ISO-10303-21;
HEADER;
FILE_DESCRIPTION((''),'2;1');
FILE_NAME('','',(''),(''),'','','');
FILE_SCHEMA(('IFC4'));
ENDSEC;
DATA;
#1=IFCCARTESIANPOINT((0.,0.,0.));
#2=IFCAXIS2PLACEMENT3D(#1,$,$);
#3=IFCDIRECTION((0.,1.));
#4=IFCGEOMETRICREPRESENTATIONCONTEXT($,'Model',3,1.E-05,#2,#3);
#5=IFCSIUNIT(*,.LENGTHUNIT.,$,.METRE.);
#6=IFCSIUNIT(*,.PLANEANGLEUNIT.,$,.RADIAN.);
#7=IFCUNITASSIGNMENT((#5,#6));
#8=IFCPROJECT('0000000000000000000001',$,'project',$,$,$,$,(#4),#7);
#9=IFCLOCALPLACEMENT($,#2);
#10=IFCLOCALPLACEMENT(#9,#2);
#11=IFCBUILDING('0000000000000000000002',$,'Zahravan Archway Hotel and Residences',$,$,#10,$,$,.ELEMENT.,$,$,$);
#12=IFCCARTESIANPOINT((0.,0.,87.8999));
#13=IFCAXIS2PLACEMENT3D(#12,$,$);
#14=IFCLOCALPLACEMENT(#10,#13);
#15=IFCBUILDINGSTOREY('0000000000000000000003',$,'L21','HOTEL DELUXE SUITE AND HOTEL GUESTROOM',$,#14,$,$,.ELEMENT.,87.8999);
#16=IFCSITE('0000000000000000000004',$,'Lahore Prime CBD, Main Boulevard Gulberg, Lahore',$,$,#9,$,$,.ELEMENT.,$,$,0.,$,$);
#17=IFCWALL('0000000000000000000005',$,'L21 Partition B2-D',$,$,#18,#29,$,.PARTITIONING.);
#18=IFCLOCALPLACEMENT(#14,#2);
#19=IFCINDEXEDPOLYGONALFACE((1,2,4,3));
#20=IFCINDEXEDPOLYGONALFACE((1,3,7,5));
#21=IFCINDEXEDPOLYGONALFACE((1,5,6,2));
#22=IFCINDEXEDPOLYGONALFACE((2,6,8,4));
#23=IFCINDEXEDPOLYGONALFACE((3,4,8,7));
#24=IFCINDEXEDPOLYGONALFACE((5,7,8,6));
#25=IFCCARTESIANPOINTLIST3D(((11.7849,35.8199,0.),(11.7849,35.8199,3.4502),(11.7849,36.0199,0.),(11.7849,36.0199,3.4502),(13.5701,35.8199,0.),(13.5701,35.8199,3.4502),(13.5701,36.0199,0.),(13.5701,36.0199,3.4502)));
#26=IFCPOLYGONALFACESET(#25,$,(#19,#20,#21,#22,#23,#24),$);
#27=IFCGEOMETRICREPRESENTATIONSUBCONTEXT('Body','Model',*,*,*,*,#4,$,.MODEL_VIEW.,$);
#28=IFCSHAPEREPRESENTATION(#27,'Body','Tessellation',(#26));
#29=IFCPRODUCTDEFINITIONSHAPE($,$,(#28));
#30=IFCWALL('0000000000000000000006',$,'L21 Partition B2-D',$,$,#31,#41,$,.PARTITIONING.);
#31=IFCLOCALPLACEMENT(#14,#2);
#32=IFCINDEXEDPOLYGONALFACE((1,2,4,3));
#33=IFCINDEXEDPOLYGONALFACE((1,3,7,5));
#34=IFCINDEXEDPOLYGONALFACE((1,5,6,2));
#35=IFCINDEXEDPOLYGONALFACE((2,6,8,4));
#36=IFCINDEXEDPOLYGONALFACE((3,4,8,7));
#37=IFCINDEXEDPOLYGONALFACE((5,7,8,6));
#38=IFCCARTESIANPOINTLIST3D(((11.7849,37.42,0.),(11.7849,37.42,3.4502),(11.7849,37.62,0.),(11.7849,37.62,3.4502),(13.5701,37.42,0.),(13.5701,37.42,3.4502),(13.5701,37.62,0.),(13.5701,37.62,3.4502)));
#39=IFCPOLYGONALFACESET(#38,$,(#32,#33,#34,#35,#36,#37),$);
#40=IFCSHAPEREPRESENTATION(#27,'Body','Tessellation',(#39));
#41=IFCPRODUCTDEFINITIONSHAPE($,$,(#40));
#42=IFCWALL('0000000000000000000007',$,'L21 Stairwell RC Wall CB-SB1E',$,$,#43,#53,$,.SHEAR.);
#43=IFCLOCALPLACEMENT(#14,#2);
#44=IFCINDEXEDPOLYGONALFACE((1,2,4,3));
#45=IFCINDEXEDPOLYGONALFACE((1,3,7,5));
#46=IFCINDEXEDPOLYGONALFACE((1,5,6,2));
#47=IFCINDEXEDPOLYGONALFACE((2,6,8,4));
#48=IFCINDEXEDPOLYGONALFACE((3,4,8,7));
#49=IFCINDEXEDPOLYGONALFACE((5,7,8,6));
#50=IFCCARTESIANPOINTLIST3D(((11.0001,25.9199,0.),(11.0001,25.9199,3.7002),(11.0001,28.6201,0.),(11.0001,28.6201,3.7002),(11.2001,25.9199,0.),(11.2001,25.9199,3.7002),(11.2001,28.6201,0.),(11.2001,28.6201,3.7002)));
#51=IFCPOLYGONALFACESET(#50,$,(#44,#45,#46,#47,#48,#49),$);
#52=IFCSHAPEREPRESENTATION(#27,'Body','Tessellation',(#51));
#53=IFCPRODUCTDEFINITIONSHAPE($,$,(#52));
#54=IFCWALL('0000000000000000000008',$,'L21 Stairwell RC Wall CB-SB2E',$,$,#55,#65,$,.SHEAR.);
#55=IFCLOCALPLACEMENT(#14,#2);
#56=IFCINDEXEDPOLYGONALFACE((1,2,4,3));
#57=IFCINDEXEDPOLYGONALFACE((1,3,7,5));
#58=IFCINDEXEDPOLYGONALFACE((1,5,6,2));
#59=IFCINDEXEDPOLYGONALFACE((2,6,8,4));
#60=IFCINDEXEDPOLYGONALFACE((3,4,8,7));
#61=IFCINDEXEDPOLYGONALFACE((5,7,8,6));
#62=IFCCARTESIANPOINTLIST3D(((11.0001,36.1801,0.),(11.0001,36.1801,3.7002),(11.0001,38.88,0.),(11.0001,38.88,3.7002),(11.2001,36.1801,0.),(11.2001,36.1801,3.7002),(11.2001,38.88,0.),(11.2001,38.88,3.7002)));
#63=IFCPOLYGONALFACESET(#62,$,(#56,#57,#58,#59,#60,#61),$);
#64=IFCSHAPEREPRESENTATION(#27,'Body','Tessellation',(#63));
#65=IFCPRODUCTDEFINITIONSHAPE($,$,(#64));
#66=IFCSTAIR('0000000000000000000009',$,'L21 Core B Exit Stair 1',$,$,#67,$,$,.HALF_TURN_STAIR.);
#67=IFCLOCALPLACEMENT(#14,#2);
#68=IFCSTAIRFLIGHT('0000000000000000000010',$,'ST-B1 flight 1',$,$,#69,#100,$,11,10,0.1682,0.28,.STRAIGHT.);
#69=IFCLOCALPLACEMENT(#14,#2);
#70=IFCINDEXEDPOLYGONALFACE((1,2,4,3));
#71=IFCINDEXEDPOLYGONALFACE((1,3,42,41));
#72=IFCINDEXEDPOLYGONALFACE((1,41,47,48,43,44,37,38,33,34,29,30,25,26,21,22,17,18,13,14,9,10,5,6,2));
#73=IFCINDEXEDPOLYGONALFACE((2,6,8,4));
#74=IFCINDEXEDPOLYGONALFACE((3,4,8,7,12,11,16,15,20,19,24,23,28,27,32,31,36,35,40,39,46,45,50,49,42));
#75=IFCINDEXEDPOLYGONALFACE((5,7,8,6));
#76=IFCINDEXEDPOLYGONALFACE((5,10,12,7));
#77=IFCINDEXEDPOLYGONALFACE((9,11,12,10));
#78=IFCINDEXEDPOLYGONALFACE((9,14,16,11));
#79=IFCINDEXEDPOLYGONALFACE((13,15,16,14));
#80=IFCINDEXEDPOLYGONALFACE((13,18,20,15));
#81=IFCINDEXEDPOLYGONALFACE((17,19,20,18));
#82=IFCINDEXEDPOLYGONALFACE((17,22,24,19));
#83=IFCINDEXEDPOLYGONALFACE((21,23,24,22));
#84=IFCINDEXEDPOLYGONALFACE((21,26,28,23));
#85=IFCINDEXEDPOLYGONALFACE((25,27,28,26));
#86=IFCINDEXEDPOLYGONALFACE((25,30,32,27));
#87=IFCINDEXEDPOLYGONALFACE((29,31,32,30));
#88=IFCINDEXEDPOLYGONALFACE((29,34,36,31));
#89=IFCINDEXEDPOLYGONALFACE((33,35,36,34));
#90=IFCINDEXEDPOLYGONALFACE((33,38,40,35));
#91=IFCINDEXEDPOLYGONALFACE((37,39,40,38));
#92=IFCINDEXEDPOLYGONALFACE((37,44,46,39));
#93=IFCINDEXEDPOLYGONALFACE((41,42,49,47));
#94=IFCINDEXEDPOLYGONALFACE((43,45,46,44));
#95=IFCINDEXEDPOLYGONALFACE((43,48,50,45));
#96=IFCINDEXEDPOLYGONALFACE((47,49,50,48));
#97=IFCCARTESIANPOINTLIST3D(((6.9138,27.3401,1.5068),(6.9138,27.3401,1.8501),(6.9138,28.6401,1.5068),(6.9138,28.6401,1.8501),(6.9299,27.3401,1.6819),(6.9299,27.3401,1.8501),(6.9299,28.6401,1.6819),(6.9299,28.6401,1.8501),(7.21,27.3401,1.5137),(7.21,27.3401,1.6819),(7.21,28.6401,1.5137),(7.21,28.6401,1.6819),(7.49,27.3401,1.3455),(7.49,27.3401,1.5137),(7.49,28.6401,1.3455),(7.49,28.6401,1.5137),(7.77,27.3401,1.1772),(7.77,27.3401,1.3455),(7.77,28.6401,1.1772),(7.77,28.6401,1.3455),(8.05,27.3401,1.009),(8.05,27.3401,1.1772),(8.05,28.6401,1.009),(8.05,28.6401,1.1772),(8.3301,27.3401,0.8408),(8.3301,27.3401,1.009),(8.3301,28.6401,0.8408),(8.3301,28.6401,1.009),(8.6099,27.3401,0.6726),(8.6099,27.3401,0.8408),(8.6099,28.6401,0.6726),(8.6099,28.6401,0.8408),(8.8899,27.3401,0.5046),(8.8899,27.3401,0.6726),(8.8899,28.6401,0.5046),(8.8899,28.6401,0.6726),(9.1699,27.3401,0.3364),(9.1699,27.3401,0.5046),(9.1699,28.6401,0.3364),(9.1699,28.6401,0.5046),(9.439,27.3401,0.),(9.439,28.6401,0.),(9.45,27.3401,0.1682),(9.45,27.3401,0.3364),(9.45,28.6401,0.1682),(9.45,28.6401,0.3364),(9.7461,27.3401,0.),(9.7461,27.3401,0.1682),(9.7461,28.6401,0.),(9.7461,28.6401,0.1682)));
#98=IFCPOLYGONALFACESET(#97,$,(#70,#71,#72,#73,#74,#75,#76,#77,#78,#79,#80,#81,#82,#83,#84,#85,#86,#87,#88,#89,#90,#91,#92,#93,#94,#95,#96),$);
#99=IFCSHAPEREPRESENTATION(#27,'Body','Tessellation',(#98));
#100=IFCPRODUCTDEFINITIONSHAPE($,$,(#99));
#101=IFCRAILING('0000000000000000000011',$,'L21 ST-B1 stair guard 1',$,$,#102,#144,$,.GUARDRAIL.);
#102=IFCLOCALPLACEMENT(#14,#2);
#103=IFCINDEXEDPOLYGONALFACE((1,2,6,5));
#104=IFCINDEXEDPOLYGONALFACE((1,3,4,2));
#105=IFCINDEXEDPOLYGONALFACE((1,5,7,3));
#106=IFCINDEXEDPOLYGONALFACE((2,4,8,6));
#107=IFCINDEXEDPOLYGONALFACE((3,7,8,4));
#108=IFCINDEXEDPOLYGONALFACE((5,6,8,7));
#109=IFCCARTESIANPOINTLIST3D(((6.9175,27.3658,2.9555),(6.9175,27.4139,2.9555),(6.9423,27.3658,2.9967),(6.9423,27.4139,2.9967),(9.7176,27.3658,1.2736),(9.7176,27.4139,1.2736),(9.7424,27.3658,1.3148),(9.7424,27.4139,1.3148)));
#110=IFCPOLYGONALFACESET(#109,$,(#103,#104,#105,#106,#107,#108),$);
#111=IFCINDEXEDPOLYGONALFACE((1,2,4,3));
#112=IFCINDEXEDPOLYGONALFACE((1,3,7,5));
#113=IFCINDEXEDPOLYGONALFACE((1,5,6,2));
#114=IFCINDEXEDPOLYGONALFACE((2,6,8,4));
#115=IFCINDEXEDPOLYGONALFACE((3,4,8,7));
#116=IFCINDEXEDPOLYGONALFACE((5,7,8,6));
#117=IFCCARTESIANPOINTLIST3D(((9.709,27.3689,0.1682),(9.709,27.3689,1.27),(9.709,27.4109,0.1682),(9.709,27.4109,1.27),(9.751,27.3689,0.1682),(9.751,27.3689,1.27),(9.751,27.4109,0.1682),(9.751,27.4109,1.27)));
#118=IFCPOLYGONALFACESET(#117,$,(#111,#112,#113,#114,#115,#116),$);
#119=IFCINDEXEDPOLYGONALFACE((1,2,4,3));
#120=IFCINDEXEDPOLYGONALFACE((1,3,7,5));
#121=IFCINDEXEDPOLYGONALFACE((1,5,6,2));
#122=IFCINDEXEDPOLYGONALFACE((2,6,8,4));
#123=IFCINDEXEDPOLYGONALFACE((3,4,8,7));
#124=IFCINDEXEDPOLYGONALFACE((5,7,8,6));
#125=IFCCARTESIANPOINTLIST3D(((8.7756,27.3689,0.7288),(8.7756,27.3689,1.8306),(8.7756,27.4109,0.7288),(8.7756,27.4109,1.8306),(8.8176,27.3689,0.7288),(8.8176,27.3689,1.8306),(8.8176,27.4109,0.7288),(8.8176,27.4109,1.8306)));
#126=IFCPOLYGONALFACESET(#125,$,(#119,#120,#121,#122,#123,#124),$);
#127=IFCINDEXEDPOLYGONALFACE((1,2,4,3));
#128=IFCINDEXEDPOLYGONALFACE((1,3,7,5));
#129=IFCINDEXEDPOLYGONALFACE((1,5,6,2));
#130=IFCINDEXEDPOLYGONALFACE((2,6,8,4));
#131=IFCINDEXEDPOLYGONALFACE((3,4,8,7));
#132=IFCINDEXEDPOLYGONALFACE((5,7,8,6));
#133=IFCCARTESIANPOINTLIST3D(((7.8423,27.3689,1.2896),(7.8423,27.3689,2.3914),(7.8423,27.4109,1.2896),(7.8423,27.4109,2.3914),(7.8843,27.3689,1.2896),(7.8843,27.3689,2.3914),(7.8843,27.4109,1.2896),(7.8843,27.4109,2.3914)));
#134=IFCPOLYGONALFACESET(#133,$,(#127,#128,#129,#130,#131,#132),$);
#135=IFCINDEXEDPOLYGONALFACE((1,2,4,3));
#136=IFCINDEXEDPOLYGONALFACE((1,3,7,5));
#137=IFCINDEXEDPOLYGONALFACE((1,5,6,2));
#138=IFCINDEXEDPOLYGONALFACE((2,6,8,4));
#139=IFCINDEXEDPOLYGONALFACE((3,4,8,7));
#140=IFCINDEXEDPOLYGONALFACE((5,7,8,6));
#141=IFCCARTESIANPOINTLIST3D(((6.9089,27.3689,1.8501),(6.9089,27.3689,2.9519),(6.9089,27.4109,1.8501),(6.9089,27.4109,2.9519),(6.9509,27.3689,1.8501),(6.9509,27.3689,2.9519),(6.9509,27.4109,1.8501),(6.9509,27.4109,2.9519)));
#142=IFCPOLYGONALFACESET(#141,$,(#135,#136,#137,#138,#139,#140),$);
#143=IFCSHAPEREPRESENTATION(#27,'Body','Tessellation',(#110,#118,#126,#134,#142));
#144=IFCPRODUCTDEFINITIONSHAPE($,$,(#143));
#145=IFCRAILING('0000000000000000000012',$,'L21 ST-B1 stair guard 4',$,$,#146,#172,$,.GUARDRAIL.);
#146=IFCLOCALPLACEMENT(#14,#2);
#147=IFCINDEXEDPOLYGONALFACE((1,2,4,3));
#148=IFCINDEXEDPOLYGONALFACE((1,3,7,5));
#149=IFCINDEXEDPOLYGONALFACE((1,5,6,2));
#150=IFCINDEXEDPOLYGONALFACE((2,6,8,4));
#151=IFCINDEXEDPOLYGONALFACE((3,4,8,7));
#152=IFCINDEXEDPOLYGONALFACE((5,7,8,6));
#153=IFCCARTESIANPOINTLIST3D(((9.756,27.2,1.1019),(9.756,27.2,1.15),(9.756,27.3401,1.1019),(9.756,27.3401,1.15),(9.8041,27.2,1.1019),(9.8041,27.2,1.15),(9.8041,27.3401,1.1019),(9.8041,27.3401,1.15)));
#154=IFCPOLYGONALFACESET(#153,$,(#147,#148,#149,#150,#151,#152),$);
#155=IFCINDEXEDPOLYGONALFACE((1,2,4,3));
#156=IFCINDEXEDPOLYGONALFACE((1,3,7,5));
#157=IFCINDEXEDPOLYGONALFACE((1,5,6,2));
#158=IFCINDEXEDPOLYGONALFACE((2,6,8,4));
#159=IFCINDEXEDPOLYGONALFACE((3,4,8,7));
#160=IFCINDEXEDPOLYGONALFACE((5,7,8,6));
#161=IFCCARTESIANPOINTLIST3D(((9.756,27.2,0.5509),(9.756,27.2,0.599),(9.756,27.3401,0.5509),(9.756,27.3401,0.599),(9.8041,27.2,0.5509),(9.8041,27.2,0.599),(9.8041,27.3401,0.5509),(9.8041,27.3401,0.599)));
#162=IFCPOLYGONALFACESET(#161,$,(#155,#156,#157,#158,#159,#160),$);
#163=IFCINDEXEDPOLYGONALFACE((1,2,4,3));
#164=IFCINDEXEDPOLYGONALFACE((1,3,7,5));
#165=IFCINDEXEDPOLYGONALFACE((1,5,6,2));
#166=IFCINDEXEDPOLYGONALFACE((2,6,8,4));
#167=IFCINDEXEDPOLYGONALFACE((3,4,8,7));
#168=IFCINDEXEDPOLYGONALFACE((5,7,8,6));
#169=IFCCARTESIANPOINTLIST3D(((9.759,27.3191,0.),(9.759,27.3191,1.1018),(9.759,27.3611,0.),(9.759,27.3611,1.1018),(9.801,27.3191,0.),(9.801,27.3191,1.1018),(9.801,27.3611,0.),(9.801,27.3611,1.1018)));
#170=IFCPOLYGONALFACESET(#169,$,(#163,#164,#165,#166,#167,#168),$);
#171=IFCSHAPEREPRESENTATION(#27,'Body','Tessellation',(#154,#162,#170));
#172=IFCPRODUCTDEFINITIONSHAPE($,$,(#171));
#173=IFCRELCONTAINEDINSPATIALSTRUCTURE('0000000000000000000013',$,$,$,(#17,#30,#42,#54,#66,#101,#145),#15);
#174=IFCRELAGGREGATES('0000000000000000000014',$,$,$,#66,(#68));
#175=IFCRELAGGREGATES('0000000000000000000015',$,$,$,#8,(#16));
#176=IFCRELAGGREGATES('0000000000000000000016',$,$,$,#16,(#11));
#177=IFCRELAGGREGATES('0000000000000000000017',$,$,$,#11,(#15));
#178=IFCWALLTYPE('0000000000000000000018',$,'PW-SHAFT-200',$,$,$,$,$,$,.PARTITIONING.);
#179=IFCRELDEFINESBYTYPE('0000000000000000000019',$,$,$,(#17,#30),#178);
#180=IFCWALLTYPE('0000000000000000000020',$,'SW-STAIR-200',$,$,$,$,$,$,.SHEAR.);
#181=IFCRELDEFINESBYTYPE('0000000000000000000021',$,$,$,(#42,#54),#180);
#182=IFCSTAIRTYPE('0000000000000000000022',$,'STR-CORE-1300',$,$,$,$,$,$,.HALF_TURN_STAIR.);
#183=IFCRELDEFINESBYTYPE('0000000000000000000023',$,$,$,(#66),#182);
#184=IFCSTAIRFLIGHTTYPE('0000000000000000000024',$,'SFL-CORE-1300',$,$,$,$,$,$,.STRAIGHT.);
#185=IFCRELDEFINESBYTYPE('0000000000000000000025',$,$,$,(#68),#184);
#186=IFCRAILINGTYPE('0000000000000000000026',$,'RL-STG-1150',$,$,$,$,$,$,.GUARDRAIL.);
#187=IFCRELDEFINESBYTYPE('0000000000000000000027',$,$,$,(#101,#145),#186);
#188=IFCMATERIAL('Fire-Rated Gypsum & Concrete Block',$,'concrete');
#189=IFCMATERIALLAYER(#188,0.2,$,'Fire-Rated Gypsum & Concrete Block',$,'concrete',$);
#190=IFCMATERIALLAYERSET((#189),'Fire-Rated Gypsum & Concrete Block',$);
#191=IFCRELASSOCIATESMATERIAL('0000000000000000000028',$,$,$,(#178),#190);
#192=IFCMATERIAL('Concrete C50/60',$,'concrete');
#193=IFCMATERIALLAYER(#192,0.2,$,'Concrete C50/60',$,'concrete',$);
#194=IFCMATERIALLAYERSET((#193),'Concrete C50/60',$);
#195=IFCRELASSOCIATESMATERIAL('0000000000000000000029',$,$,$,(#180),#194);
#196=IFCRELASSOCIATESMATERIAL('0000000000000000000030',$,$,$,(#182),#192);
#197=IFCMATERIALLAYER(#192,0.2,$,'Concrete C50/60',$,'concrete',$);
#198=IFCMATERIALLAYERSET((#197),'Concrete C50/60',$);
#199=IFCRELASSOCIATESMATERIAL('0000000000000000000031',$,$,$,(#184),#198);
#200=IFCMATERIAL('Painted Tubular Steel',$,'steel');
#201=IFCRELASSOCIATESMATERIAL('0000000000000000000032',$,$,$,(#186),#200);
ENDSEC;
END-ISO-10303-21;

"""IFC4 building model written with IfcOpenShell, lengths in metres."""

from ifc_helpers import new_model, si_unit, direction, frame, frame_2d, origin, origin_2d, place, context, subcontext, project, spatial, polyline, rectangle, outline, extrude, source, transform, mapped, material, layer, layer_set, type_object, element, aggregate, save


model = new_model("IFC4")

# Units and contexts
model_context = context("Model", 3, precision=1e-05, world=origin(), true_north=direction((0.0, 1.0)))
body_context = subcontext(model_context, "Body", "Model", "MODEL_VIEW")
ifc_project = project(units=[si_unit("LENGTHUNIT", "METRE"), si_unit("PLANEANGLEUNIT", "RADIAN")], contexts=[model_context])

# Site, building, storey
site_placement = place(None, origin())
site = spatial("IfcSite", under=ifc_project, at=site_placement, Name="Lahore Prime CBD, Main Boulevard Gulberg, Lahore", CompositionType="ELEMENT", RefElevation=0.0)
building_placement = place(site_placement, origin())
building = spatial("IfcBuilding", under=site, at=building_placement, Name="Zahravan Archway Hotel and Residences", CompositionType="ELEMENT")
storey_placement = place(building_placement, frame((0.0, 0.0, 87.8999)))
storey = spatial("IfcBuildingStorey", under=building, at=storey_placement, Name="L21", Description="HOTEL DELUXE SUITE AND HOTEL GUESTROOM", CompositionType="ELEMENT", Elevation=87.8999)

# Shared definitions
ifc_material_1 = material(Name="Fire-Rated Gypsum & Concrete Block", Category="concrete")
ifc_layer_1 = layer(ifc_material_1, 0.2, Name="Fire-Rated Gypsum & Concrete Block", Category="concrete")
ifc_layer_set_1 = layer_set([ifc_layer_1], Name="Fire-Rated Gypsum & Concrete Block")
wall_type_1 = type_object("IfcWallType", Name="PW-SHAFT-200", PredefinedType="PARTITIONING", material=ifc_layer_set_1)

# Walls
for number, where, z_axis, x_axis, name in (
    (1, (11.7849, 35.9199, 0.0), (0.0, 0.0, 1.0), (1.0, 0.0, 0.0), "L21 Partition B2-D"),
    (2, (11.7849, 37.52, 0.0), (0.0, 0.0, 1.0), (1.0, 0.0, 0.0), "L21 Partition B2-D"),
):
    element("IfcWall", number, at=place(storey_placement, frame(where, z_axis=z_axis, x_axis=x_axis)), inside=storey, type_object=wall_type_1, Name=name, PredefinedType="PARTITIONING", context=body_context, shape_type="SweptSolid", body=[
        extrude(rectangle(XDim=1.7852, YDim=0.2, at=frame_2d((0.8926, 0.0))), origin(), (0.0, 0.0, 1.0), 3.4502),
    ])
ifc_material_2 = material(Name="Concrete C50/60", Category="concrete")
ifc_layer_2 = layer(ifc_material_2, 0.2, Name="Concrete C50/60", Category="concrete")
ifc_layer_set_2 = layer_set([ifc_layer_2], Name="Concrete C50/60")
wall_type_2 = type_object("IfcWallType", Name="SW-STAIR-200", PredefinedType="SHEAR", material=ifc_layer_set_2)
wall_1_placement = place(storey_placement, frame((11.1001, 25.9199, 0.0), z_axis=(0.0, 0.0, 1.0), x_axis=(0.0, 1.0, 0.0)))
element("IfcWall", 3, at=wall_1_placement, inside=storey, type_object=wall_type_2, Name="L21 Stairwell RC Wall CB-SB1E", PredefinedType="SHEAR", context=body_context, shape_type="SweptSolid", body=[
    extrude(rectangle(XDim=2.7002, YDim=0.2, at=frame_2d((1.3501, 0.0))), origin(), (0.0, 0.0, 1.0), 3.7002),
])
wall_2_placement = place(storey_placement, frame((11.1001, 36.1799, 0.0), z_axis=(0.0, 0.0, 1.0), x_axis=(0.0, 1.0, 0.0)))
element("IfcWall", 4, at=wall_2_placement, inside=storey, type_object=wall_type_2, Name="L21 Stairwell RC Wall CB-SB2E", PredefinedType="SHEAR", context=body_context, shape_type="SweptSolid", body=[
    extrude(rectangle(XDim=2.7, YDim=0.2, at=frame_2d((1.3501, 0.0))), origin(), (0.0, 0.0, 1.0), 3.7002),
])

# Stair, stair flight
stair_type = type_object("IfcStairType", Name="STR-CORE-1300", PredefinedType="HALF_TURN_STAIR", material=ifc_material_2)
stair_placement = place(storey_placement, origin())
stair = element("IfcStair", 5, at=stair_placement, inside=storey, type_object=stair_type, Name="L21 Core B Exit Stair 1", PredefinedType="HALF_TURN_STAIR")
ifc_layer_3 = layer(ifc_material_2, 0.2, Name="Concrete C50/60", Category="concrete")
ifc_layer_set_3 = layer_set([ifc_layer_3], Name="Concrete C50/60")
stair_flight_type = type_object("IfcStairFlightType", Name="SFL-CORE-1300", PredefinedType="STRAIGHT", material=ifc_layer_set_3)
shared_shape_1 = source(origin(), body_context, "Body", "SweptSolid", [
    extrude(outline(polyline([(-0.0161, 0.0), (-0.0161, 0.1682), (0.28, 0.1682), (0.28, 0.3364), (0.5601, 0.3364), (0.5601, 0.5046), (0.8401, 0.5046), (0.8401, 0.6726), (1.1201, 0.6726), (1.1201, 0.8408), (1.3999, 0.8408), (1.3999, 1.009), (1.6799, 1.009), (1.6799, 1.1772), (1.96, 1.1772), (1.96, 1.3455), (2.24, 1.3455), (2.24, 1.5137), (2.52, 1.5137), (2.52, 1.6819), (2.8, 1.6819), (2.8, 1.8501), (2.8162, 1.8501), (2.8162, 1.5068), (0.291, 0.0), (-0.0161, 0.0)])), frame((0.0, 0.6499, 0.0), z_axis=(0.0, -1.0, 0.0), x_axis=(1.0, 0.0, 0.0)), (0.0, 0.0, 1.0), 1.3),
])
stair_flight_placement = place(storey_placement, frame((9.73, 27.99, 0.0), z_axis=(0.0, 0.0, 1.0), x_axis=(-1.0, 0.0, 0.0)))
stair_flight = element("IfcStairFlight", 6, at=stair_flight_placement, type_object=stair_flight_type, Name="ST-B1 flight 1", NumberOfRisers=11, NumberOfTreads=10, PredefinedType="STRAIGHT", RiserHeight=0.1682, TreadLength=0.28, context=body_context, shape_type="MappedRepresentation", body=[
    mapped(shared_shape_1, transform((0.0, 0.0, 0.0), scale=1.0)),
])
aggregate(stair, [stair_flight])

# Railings
ifc_material_3 = material(Name="Painted Tubular Steel", Category="steel")
railing_type_1 = type_object("IfcRailingType", Name="RL-STG-1150", PredefinedType="GUARDRAIL", material=ifc_material_3)
railing_1_placement = place(storey_placement, frame((9.73, 27.3899, 0.1682)))
element("IfcRailing", 7, at=railing_1_placement, inside=storey, type_object=railing_type_1, Name="L21 ST-B1 stair guard 1", PredefinedType="GUARDRAIL", context=body_context, shape_type="SweptSolid", body=[
    extrude(rectangle(XDim=0.0481, YDim=0.0481, at=origin_2d()), frame((0.0, 0.0, 1.126), z_axis=(-0.857242, 0.0, 0.514913), x_axis=(0.0, -1.0, 0.0)), (0.0, 0.0, 1.0), 3.2664),
    extrude(rectangle(XDim=0.042, YDim=0.042, at=origin_2d()), origin(), (0.0, 0.0, 1.0), 1.1018),
    extrude(rectangle(XDim=0.042, YDim=0.042, at=origin_2d()), frame((-0.9333, 0.0, 0.5605)), (0.0, 0.0, 1.0), 1.1018),
    extrude(rectangle(XDim=0.042, YDim=0.042, at=origin_2d()), frame((-1.8667, 0.0, 1.1213)), (0.0, 0.0, 1.0), 1.1018),
    extrude(rectangle(XDim=0.042, YDim=0.042, at=origin_2d()), frame((-2.8, 0.0, 1.6819)), (0.0, 0.0, 1.0), 1.1018),
])
railing_2_placement = place(storey_placement, frame((9.78, 27.3401, 0.0)))
element("IfcRailing", 8, at=railing_2_placement, inside=storey, type_object=railing_type_1, Name="L21 ST-B1 stair guard 4", PredefinedType="GUARDRAIL", context=body_context, shape_type="SweptSolid", body=[
    extrude(rectangle(XDim=0.0481, YDim=0.0481, at=origin_2d()), frame((0.0, 0.0, 1.126), z_axis=(0.0, -1.0, 0.0), x_axis=(1.0, 0.0, 0.0)), (0.0, 0.0, 1.0), 0.1401),
    extrude(rectangle(XDim=0.0481, YDim=0.0481, at=origin_2d()), frame((0.0, 0.0, 0.575), z_axis=(0.0, -1.0, 0.0), x_axis=(1.0, 0.0, 0.0)), (0.0, 0.0, 1.0), 0.1401),
    extrude(rectangle(XDim=0.042, YDim=0.042, at=origin_2d()), origin(), (0.0, 0.0, 1.0), 1.1018),
])

save(model, "model.ifc")
